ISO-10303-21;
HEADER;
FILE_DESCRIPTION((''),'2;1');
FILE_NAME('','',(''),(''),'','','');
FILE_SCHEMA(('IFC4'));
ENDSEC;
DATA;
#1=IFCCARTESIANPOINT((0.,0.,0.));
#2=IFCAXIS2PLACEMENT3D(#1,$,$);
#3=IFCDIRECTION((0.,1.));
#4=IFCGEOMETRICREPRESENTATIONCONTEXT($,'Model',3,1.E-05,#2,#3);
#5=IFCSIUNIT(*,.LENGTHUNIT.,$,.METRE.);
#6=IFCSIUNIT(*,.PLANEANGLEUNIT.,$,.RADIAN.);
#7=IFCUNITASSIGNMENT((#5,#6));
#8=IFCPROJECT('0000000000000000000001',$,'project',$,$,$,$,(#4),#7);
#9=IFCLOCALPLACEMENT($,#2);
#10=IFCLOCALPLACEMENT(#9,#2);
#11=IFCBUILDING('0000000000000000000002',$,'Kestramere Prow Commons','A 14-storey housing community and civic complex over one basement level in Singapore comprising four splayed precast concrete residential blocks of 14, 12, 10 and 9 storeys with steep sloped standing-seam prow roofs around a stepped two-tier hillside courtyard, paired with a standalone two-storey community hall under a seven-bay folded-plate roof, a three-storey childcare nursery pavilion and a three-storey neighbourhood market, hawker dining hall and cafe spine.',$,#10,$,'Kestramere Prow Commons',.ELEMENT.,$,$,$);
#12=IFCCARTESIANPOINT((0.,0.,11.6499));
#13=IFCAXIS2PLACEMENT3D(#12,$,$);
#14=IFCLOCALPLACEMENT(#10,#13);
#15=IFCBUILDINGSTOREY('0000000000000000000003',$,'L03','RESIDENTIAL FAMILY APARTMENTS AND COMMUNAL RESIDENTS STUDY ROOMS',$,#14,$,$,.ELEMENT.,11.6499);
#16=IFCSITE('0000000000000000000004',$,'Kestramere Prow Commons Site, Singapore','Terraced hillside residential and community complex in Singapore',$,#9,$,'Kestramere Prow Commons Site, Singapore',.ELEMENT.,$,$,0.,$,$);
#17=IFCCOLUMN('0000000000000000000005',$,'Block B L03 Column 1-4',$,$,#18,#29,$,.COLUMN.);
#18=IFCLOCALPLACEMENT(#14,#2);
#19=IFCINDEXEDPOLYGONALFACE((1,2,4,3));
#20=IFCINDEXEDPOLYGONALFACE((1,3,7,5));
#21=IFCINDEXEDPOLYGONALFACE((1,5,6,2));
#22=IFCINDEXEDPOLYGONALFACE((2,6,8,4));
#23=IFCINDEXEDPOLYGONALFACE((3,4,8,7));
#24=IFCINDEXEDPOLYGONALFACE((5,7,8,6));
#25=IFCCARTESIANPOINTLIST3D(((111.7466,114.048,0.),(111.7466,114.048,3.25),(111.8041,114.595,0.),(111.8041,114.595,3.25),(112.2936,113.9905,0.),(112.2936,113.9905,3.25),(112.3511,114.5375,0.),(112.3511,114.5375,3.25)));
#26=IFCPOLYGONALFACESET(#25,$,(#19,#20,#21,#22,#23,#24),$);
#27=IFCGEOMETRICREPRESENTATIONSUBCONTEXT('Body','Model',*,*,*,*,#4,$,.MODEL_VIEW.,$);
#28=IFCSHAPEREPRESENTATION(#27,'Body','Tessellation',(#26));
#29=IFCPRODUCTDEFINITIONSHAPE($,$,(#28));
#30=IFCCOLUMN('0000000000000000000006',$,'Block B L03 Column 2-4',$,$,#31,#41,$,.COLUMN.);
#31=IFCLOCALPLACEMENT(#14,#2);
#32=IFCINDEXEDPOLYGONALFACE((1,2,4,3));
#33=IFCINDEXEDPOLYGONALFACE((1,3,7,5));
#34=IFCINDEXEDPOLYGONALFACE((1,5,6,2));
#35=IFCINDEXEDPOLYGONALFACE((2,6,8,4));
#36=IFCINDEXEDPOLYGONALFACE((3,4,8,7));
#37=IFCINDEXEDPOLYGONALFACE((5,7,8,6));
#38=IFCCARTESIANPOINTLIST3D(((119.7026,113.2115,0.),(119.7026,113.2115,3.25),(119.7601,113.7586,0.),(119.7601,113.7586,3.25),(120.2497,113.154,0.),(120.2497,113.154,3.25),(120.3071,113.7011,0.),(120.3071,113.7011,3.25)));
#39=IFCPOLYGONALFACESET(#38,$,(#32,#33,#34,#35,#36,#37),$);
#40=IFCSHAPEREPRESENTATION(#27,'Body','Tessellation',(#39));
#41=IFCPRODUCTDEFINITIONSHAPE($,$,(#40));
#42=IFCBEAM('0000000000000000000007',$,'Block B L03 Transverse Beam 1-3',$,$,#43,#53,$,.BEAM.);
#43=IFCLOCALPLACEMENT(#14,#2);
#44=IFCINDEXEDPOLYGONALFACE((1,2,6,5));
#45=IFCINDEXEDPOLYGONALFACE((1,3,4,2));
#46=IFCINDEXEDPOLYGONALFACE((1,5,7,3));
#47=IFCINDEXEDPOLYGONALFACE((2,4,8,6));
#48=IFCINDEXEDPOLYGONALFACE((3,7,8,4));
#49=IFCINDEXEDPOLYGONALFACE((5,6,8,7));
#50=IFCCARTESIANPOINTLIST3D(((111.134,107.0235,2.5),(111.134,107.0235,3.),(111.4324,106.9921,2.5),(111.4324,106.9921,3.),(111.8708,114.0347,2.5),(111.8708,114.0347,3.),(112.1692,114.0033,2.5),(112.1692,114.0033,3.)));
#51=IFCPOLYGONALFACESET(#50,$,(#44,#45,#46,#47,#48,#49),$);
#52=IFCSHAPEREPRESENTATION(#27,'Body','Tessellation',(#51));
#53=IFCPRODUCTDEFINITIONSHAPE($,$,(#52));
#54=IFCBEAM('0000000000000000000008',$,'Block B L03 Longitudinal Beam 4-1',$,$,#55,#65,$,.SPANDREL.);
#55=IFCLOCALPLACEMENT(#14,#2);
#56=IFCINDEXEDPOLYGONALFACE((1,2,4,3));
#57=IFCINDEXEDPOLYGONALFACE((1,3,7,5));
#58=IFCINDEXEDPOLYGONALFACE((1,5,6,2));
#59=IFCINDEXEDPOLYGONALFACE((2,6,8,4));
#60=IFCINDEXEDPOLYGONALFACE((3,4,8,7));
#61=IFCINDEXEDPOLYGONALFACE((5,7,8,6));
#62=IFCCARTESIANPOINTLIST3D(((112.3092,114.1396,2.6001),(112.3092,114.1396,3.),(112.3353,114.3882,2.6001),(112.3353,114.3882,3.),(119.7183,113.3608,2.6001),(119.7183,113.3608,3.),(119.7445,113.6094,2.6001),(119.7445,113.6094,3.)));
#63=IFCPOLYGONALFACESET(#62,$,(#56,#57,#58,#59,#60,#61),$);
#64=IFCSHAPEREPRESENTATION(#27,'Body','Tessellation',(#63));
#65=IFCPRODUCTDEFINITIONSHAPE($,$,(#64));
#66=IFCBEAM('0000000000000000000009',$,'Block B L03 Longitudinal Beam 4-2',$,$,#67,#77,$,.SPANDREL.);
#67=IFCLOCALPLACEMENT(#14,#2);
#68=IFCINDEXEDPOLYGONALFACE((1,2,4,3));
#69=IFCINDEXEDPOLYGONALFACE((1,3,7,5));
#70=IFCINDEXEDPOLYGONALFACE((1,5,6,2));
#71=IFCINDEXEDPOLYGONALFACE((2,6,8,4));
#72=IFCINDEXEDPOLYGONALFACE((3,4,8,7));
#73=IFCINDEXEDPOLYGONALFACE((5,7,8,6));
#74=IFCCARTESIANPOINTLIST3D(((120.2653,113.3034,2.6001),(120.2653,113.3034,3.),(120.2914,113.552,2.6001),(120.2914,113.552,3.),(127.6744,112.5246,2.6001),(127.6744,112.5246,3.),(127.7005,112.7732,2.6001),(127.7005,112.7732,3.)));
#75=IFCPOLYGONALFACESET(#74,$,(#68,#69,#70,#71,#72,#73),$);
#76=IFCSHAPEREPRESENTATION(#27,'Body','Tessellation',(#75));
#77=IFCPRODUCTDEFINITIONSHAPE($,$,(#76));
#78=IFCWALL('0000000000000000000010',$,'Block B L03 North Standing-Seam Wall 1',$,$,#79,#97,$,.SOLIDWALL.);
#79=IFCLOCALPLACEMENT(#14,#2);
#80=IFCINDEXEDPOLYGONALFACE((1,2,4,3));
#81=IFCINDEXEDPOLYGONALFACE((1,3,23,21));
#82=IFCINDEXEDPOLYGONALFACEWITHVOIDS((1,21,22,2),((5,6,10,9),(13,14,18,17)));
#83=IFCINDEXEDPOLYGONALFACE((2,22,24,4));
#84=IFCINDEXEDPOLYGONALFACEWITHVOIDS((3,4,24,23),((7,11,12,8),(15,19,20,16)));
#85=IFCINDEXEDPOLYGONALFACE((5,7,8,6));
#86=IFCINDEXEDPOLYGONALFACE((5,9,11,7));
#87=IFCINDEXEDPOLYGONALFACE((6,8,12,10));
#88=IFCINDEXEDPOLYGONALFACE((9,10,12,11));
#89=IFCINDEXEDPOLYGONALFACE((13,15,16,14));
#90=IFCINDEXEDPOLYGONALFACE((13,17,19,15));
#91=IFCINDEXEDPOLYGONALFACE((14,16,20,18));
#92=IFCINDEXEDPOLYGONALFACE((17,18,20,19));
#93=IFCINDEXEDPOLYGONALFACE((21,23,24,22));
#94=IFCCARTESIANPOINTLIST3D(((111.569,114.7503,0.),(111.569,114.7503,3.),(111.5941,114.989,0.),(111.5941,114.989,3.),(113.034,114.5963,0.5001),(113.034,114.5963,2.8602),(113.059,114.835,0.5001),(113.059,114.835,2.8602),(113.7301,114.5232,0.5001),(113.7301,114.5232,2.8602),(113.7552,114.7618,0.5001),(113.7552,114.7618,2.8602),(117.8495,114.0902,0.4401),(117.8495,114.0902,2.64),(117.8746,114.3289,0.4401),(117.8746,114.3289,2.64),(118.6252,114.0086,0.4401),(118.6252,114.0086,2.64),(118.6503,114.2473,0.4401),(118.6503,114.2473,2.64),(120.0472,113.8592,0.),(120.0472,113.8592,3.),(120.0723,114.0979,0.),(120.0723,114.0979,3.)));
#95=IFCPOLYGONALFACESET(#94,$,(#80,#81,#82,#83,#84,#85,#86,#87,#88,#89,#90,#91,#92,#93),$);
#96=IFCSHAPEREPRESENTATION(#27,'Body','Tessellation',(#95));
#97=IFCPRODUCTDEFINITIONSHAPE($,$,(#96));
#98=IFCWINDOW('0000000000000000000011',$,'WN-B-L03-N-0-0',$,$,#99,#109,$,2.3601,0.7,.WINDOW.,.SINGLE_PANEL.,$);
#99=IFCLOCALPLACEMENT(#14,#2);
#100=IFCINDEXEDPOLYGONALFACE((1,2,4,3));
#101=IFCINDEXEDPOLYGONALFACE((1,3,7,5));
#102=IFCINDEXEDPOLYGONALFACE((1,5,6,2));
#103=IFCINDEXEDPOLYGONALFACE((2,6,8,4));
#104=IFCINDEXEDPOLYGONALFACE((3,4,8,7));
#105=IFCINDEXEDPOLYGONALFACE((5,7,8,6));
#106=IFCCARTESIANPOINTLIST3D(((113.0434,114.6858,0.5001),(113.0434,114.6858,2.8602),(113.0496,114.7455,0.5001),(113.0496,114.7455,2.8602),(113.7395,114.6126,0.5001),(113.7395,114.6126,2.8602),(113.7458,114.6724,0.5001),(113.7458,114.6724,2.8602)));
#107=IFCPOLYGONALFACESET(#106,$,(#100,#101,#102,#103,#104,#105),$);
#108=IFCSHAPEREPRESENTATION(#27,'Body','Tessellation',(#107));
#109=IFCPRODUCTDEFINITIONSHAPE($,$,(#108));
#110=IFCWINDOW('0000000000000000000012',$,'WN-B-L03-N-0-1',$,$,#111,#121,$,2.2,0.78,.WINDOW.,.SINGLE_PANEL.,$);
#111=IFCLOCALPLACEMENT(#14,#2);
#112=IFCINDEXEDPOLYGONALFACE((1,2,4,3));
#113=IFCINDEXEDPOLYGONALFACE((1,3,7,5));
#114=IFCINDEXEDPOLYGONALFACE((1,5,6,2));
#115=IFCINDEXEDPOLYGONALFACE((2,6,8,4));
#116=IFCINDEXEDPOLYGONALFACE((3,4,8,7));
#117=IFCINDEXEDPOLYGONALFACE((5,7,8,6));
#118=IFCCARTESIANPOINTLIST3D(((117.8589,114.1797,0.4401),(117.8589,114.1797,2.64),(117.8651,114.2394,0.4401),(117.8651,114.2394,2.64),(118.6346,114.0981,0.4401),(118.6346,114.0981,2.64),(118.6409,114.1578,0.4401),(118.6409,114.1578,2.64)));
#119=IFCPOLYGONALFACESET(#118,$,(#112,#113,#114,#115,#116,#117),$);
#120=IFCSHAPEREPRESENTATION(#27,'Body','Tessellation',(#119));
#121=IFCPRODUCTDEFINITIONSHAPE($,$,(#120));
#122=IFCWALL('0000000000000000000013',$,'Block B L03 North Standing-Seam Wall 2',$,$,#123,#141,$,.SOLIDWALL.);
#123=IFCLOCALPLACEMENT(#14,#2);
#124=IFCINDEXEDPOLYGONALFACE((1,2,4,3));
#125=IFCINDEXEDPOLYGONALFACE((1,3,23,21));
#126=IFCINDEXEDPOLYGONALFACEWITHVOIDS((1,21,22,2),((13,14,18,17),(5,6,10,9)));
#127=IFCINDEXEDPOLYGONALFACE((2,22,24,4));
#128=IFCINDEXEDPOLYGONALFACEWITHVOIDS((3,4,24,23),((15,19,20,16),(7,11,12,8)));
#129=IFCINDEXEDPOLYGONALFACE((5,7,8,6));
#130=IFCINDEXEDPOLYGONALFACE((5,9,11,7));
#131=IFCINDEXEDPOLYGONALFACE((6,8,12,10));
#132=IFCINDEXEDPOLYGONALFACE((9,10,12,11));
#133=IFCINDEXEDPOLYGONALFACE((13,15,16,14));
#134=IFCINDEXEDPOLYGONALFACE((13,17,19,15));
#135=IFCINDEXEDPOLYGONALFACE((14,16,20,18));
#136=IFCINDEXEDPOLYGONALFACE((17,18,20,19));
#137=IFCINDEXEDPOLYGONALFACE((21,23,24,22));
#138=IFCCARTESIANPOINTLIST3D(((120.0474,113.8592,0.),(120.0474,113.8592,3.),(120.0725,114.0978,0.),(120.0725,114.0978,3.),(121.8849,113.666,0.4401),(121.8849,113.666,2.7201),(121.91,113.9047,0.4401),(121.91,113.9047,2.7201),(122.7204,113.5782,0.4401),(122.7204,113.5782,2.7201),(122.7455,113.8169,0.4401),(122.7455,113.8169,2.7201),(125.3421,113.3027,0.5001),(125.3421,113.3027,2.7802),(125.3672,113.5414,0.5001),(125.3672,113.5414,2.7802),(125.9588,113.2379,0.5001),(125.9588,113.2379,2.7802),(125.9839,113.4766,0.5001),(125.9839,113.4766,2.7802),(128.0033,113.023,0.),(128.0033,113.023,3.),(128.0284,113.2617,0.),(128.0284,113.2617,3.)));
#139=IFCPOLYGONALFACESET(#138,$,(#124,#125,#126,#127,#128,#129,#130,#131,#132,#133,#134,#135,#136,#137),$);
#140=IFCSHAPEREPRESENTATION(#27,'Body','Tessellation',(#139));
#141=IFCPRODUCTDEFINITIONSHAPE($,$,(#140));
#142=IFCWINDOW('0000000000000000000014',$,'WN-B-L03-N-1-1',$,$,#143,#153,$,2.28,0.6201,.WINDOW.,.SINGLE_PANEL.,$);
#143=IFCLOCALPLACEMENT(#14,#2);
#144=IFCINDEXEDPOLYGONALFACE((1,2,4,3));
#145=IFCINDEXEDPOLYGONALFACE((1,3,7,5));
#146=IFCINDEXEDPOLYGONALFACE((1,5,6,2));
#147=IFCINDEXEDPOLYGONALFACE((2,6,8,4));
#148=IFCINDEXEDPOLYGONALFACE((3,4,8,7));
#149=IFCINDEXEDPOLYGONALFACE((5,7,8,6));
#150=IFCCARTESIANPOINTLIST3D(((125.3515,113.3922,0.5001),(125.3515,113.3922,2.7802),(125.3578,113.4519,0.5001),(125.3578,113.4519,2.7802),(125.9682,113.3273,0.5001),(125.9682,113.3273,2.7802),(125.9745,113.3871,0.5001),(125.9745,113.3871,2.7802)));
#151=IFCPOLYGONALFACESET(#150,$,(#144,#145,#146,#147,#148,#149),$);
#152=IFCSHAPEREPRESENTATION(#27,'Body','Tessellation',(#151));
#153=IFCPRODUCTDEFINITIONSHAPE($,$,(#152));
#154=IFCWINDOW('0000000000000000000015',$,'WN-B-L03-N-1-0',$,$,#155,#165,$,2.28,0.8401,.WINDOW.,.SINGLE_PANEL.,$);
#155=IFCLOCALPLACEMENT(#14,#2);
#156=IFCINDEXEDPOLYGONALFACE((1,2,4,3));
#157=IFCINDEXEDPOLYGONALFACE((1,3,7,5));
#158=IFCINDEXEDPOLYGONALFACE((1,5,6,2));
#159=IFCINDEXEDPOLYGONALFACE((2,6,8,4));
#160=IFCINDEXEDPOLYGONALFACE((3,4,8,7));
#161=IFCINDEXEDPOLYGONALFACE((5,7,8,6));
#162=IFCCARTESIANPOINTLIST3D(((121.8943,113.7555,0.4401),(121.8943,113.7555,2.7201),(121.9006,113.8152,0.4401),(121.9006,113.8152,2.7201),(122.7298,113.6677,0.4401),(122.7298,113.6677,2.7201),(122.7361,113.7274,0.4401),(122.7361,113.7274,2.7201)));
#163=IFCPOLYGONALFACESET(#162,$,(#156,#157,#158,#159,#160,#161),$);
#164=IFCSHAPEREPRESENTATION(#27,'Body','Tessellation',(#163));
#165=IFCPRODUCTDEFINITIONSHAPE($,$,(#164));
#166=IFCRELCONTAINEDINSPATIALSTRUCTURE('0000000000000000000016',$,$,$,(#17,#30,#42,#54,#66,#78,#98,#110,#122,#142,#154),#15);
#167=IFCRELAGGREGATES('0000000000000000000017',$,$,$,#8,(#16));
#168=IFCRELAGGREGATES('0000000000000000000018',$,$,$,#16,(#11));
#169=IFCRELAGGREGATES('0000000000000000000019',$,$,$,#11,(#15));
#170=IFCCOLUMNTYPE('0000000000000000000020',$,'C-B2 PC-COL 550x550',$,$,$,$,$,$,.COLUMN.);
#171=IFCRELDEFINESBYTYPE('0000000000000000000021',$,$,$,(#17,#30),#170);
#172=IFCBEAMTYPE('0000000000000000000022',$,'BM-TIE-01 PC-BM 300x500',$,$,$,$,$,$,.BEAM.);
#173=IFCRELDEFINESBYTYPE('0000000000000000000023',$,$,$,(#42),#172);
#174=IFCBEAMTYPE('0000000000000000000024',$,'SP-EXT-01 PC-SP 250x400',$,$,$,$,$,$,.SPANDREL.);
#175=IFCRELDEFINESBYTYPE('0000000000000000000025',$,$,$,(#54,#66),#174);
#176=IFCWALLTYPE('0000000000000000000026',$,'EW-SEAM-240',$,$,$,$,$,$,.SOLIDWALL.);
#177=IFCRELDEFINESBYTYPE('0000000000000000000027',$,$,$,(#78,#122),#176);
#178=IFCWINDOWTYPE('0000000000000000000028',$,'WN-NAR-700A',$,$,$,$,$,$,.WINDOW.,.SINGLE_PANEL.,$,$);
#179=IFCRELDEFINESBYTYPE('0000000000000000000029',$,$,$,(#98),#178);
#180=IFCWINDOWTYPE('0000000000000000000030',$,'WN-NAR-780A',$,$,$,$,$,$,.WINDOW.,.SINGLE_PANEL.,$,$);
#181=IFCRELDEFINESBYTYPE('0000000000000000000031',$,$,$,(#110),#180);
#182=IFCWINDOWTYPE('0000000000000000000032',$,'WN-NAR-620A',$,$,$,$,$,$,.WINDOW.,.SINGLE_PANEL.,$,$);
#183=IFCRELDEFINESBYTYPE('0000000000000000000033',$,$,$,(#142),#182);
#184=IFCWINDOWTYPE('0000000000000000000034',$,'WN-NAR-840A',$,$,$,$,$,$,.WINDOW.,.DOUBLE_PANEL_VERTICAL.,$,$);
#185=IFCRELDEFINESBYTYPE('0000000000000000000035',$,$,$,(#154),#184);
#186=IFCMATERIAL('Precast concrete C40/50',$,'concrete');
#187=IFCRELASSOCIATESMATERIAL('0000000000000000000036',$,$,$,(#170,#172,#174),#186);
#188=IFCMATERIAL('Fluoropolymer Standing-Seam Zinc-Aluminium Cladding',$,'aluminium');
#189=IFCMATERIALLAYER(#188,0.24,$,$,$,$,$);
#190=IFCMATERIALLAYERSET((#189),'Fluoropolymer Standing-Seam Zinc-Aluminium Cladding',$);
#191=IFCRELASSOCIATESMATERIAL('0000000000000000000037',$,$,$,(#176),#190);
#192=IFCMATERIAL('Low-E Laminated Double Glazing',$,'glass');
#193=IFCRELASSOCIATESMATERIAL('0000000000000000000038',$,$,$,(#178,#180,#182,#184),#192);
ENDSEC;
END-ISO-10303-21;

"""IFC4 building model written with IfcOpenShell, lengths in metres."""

from ifc_helpers import new_model, si_unit, direction, frame, frame_2d, origin, origin_2d, place, context, subcontext, project, spatial, rectangle, extrude, material, layer, layer_set, material_profile, profile_set, type_object, element, fill, save


model = new_model("IFC4")

# Units and contexts
model_context = context("Model", 3, precision=1e-05, world=origin(), true_north=direction((0.0, 1.0)))
body_context = subcontext(model_context, "Body", "Model", "MODEL_VIEW")
ifc_project = project(units=[si_unit("LENGTHUNIT", "METRE"), si_unit("PLANEANGLEUNIT", "RADIAN")], contexts=[model_context])

# Site, building, storey
site_placement = place(None, origin())
site = spatial("IfcSite", under=ifc_project, at=site_placement, Name="Kestramere Prow Commons Site, Singapore", Description="Terraced hillside residential and community complex in Singapore", LongName="Kestramere Prow Commons Site, Singapore", CompositionType="ELEMENT", RefElevation=0.0)
building_placement = place(site_placement, origin())
building = spatial("IfcBuilding", under=site, at=building_placement, Name="Kestramere Prow Commons", Description="A 14-storey housing community and civic complex over one basement level in Singapore comprising four splayed precast concrete residential blocks of 14, 12, 10 and 9 storeys with steep sloped standing-seam prow roofs around a stepped two-tier hillside courtyard, paired with a standalone two-storey community hall under a seven-bay folded-plate roof, a three-storey childcare nursery pavilion and a three-storey neighbourhood market, hawker dining hall and cafe spine.", LongName="Kestramere Prow Commons", CompositionType="ELEMENT")
storey_placement = place(building_placement, frame((0.0, 0.0, 11.6499)))
storey = spatial("IfcBuildingStorey", under=building, at=storey_placement, Name="L03", Description="RESIDENTIAL FAMILY APARTMENTS AND COMMUNAL RESIDENTS STUDY ROOMS", CompositionType="ELEMENT", Elevation=11.6499)

# Columns
ifc_material_1 = material(Name="Precast concrete C40/50", Category="concrete")
ifc_material_profile_1 = material_profile(ifc_material_1, rectangle(XDim=0.55, YDim=0.55, at=origin_2d()), Name="PC-COL 550x550")
ifc_profile_set_1 = profile_set([ifc_material_profile_1], Name="Precast concrete C40/50")
column_type = type_object("IfcColumnType", Name="C-B2 PC-COL 550x550", PredefinedType="COLUMN", material=ifc_profile_set_1)
for number, where, z_axis, x_axis, name in (
    (1, (112.0488, 114.2927, 0.0), (0.0, 0.0, 1.0), (0.994522, -0.104528, 0.0), "Block B L03 Column 1-4"),
    (2, (120.0049, 113.4563, 0.0), (0.0, 0.0, 1.0), (0.994522, -0.104528, 0.0), "Block B L03 Column 2-4"),
):
    element("IfcColumn", number, at=place(storey_placement, frame(where, z_axis=z_axis, x_axis=x_axis)), inside=storey, type_object=column_type, Name=name, PredefinedType="COLUMN", context=body_context, shape_type="SweptSolid", body=[
        extrude(rectangle(XDim=0.55, YDim=0.55, at=origin_2d()), origin(), (0.0, 0.0, 1.0), 3.25),
    ])

# Beams
ifc_material_profile_2 = material_profile(ifc_material_1, rectangle(XDim=0.3, YDim=0.5, at=origin_2d()), Name="PC-BM 300x500")
ifc_profile_set_2 = profile_set([ifc_material_profile_2], Name="Precast concrete C40/50")
beam_type_1 = type_object("IfcBeamType", Name="BM-TIE-01 PC-BM 300x500", PredefinedType="BEAM", material=ifc_profile_set_2)
beam_placement = place(storey_placement, frame((111.2832, 107.0078, 2.75), z_axis=(0.104515, 0.994523, 0.0), x_axis=(-0.994523, 0.104515, 0.0)))
element("IfcBeam", 3, at=beam_placement, inside=storey, type_object=beam_type_1, Name="Block B L03 Transverse Beam 1-3", PredefinedType="BEAM", context=body_context, shape_type="SweptSolid", body=[
    extrude(rectangle(XDim=0.3, YDim=0.5, at=origin_2d()), origin(), (0.0, 0.0, 1.0), 7.0498),
])
ifc_material_profile_3 = material_profile(ifc_material_1, rectangle(XDim=0.25, YDim=0.3999, at=origin_2d()), Name="PC-SP 250x400")
ifc_profile_set_3 = profile_set([ifc_material_profile_3], Name="Precast concrete C40/50")
beam_type_2 = type_object("IfcBeamType", Name="SP-EXT-01 PC-SP 250x400", PredefinedType="SPANDREL", material=ifc_profile_set_3)
for number, where, z_axis, x_axis, name in (
    (4, (112.3223, 114.2639, 2.8), (0.994521, -0.104538, 0.0), (0.104538, 0.994521, 0.0), "Block B L03 Longitudinal Beam 4-1"),
    (5, (120.2783, 113.4277, 2.8), (0.994521, -0.104538, 0.0), (0.104538, 0.994521, 0.0), "Block B L03 Longitudinal Beam 4-2"),
):
    element("IfcBeam", number, at=place(storey_placement, frame(where, z_axis=z_axis, x_axis=x_axis)), inside=storey, type_object=beam_type_2, Name=name, PredefinedType="SPANDREL", context=body_context, shape_type="SweptSolid", body=[
        extrude(rectangle(XDim=0.25, YDim=0.3999, at=origin_2d()), origin(), (0.0, 0.0, 1.0), 7.45),
    ])

# Walls, openings, windows
ifc_material_2 = material(Name="Fluoropolymer Standing-Seam Zinc-Aluminium Cladding", Category="aluminium")
ifc_layer_1 = layer(ifc_material_2, 0.24)
ifc_layer_set_1 = layer_set([ifc_layer_1], Name="Fluoropolymer Standing-Seam Zinc-Aluminium Cladding")
wall_type_1 = type_object("IfcWallType", Name="EW-SEAM-240", PredefinedType="SOLIDWALL", material=ifc_layer_set_1)
wall_1_placement = place(storey_placement, frame((111.5815, 114.8696, 0.0), z_axis=(0.0, 0.0, 1.0), x_axis=(0.994522, -0.10453, 0.0)))
wall_1 = element("IfcWall", 6, at=wall_1_placement, inside=storey, type_object=wall_type_1, Name="Block B L03 North Standing-Seam Wall 1", PredefinedType="SOLIDWALL", context=body_context, shape_type="SweptSolid", body=[
    extrude(rectangle(XDim=8.5249, YDim=0.24, at=frame_2d((4.2625, 0.0))), origin(), (0.0, 0.0, 1.0), 3.0),
])
opening_1_placement = place(wall_1_placement, frame((1.4729, 0.0, 0.5)))
opening_1 = element("IfcOpeningElement", 7, at=opening_1_placement, cuts=wall_1, PredefinedType="OPENING", context=body_context, shape_type="SweptSolid", body=[
    extrude(rectangle(XDim=0.7, YDim=2.3601, at=frame_2d((0.3501, 1.1802))), frame((0.0, 0.135, 0.0), z_axis=(0.0, -1.0, 0.0), x_axis=(1.0, 0.0, 0.0)), (0.0, 0.0, 1.0), 0.27),
])
opening_2_placement = place(wall_1_placement, frame((6.3149, 0.0, 0.4399)))
opening_2 = element("IfcOpeningElement", 8, at=opening_2_placement, cuts=wall_1, PredefinedType="OPENING", context=body_context, shape_type="SweptSolid", body=[
    extrude(rectangle(XDim=0.78, YDim=2.2, at=frame_2d((0.3901, 1.1001))), frame((0.0, 0.135, 0.0), z_axis=(0.0, -1.0, 0.0), x_axis=(1.0, 0.0, 0.0)), (0.0, 0.0, 1.0), 0.27),
])
ifc_material_3 = material(Name="Low-E Laminated Double Glazing", Category="glass")
window_type_1 = type_object("IfcWindowType", Name="WN-NAR-700A", PartitioningType="SINGLE_PANEL", PredefinedType="WINDOW", material=ifc_material_3)
window_1_placement = place(opening_1_placement, origin())
window_1 = element("IfcWindow", 9, at=window_1_placement, inside=storey, type_object=window_type_1, Name="WN-B-L03-N-0-0", OverallHeight=2.3601, OverallWidth=0.7, PartitioningType="SINGLE_PANEL", PredefinedType="WINDOW", context=body_context, shape_type="SweptSolid", body=[
    extrude(rectangle(XDim=0.7, YDim=2.3601, at=frame_2d((0.3501, 1.1802))), frame((0.0, 0.03, 0.0), z_axis=(0.0, -1.0, 0.0), x_axis=(1.0, 0.0, 0.0)), (0.0, 0.0, 1.0), 0.0601),
])
fill(opening_1, window_1)
window_type_2 = type_object("IfcWindowType", Name="WN-NAR-780A", PartitioningType="SINGLE_PANEL", PredefinedType="WINDOW", material=ifc_material_3)
window_2_placement = place(opening_2_placement, origin())
window_2 = element("IfcWindow", 10, at=window_2_placement, inside=storey, type_object=window_type_2, Name="WN-B-L03-N-0-1", OverallHeight=2.2, OverallWidth=0.78, PartitioningType="SINGLE_PANEL", PredefinedType="WINDOW", context=body_context, shape_type="SweptSolid", body=[
    extrude(rectangle(XDim=0.78, YDim=2.2, at=frame_2d((0.3901, 1.1001))), frame((0.0, 0.03, 0.0), z_axis=(0.0, -1.0, 0.0), x_axis=(1.0, 0.0, 0.0)), (0.0, 0.0, 1.0), 0.0601),
])
fill(opening_2, window_2)
wall_2_placement = place(storey_placement, frame((120.0598, 113.9785, 0.0), z_axis=(0.0, 0.0, 1.0), x_axis=(0.994522, -0.104524, 0.0)))
wall_2 = element("IfcWall", 11, at=wall_2_placement, inside=storey, type_object=wall_type_1, Name="Block B L03 North Standing-Seam Wall 2", PredefinedType="SOLIDWALL", context=body_context, shape_type="SweptSolid", body=[
    extrude(rectangle(XDim=7.9998, YDim=0.24, at=frame_2d((4.0, 0.0))), origin(), (0.0, 0.0, 1.0), 3.0),
])
opening_3_placement = place(wall_2_placement, frame((1.8479, 0.0, 0.4399)))
opening_3 = element("IfcOpeningElement", 12, at=opening_3_placement, cuts=wall_2, PredefinedType="OPENING", context=body_context, shape_type="SweptSolid", body=[
    extrude(rectangle(XDim=0.8401, YDim=2.28, at=frame_2d((0.4199, 1.1401))), frame((0.0, 0.135, 0.0), z_axis=(0.0, -1.0, 0.0), x_axis=(1.0, 0.0, 0.0)), (0.0, 0.0, 1.0), 0.27),
])
opening_4_placement = place(wall_2_placement, frame((5.324, 0.0, 0.5)))
opening_4 = element("IfcOpeningElement", 13, at=opening_4_placement, cuts=wall_2, PredefinedType="OPENING", context=body_context, shape_type="SweptSolid", body=[
    extrude(rectangle(XDim=0.6201, YDim=2.28, at=frame_2d((0.3101, 1.1401))), frame((0.0, 0.135, 0.0), z_axis=(0.0, -1.0, 0.0), x_axis=(1.0, 0.0, 0.0)), (0.0, 0.0, 1.0), 0.27),
])
window_type_3 = type_object("IfcWindowType", Name="WN-NAR-620A", PartitioningType="SINGLE_PANEL", PredefinedType="WINDOW", material=ifc_material_3)
window_3_placement = place(opening_4_placement, origin())
window_3 = element("IfcWindow", 14, at=window_3_placement, inside=storey, type_object=window_type_3, Name="WN-B-L03-N-1-1", OverallHeight=2.28, OverallWidth=0.6201, PartitioningType="SINGLE_PANEL", PredefinedType="WINDOW", context=body_context, shape_type="SweptSolid", body=[
    extrude(rectangle(XDim=0.6201, YDim=2.28, at=frame_2d((0.3101, 1.1401))), frame((0.0, 0.03, 0.0), z_axis=(0.0, -1.0, 0.0), x_axis=(1.0, 0.0, 0.0)), (0.0, 0.0, 1.0), 0.0601),
])
fill(opening_4, window_3)
window_type_4 = type_object("IfcWindowType", Name="WN-NAR-840A", PartitioningType="DOUBLE_PANEL_VERTICAL", PredefinedType="WINDOW", material=ifc_material_3)
window_4_placement = place(opening_3_placement, origin())
window_4 = element("IfcWindow", 15, at=window_4_placement, inside=storey, type_object=window_type_4, Name="WN-B-L03-N-1-0", OverallHeight=2.28, OverallWidth=0.8401, PartitioningType="SINGLE_PANEL", PredefinedType="WINDOW", context=body_context, shape_type="SweptSolid", body=[
    extrude(rectangle(XDim=0.8401, YDim=2.28, at=frame_2d((0.4199, 1.1401))), frame((0.0, 0.03, 0.0), z_axis=(0.0, -1.0, 0.0), x_axis=(1.0, 0.0, 0.0)), (0.0, 0.0, 1.0), 0.0601),
])
fill(opening_3, window_4)

save(model, "model.ifc")
